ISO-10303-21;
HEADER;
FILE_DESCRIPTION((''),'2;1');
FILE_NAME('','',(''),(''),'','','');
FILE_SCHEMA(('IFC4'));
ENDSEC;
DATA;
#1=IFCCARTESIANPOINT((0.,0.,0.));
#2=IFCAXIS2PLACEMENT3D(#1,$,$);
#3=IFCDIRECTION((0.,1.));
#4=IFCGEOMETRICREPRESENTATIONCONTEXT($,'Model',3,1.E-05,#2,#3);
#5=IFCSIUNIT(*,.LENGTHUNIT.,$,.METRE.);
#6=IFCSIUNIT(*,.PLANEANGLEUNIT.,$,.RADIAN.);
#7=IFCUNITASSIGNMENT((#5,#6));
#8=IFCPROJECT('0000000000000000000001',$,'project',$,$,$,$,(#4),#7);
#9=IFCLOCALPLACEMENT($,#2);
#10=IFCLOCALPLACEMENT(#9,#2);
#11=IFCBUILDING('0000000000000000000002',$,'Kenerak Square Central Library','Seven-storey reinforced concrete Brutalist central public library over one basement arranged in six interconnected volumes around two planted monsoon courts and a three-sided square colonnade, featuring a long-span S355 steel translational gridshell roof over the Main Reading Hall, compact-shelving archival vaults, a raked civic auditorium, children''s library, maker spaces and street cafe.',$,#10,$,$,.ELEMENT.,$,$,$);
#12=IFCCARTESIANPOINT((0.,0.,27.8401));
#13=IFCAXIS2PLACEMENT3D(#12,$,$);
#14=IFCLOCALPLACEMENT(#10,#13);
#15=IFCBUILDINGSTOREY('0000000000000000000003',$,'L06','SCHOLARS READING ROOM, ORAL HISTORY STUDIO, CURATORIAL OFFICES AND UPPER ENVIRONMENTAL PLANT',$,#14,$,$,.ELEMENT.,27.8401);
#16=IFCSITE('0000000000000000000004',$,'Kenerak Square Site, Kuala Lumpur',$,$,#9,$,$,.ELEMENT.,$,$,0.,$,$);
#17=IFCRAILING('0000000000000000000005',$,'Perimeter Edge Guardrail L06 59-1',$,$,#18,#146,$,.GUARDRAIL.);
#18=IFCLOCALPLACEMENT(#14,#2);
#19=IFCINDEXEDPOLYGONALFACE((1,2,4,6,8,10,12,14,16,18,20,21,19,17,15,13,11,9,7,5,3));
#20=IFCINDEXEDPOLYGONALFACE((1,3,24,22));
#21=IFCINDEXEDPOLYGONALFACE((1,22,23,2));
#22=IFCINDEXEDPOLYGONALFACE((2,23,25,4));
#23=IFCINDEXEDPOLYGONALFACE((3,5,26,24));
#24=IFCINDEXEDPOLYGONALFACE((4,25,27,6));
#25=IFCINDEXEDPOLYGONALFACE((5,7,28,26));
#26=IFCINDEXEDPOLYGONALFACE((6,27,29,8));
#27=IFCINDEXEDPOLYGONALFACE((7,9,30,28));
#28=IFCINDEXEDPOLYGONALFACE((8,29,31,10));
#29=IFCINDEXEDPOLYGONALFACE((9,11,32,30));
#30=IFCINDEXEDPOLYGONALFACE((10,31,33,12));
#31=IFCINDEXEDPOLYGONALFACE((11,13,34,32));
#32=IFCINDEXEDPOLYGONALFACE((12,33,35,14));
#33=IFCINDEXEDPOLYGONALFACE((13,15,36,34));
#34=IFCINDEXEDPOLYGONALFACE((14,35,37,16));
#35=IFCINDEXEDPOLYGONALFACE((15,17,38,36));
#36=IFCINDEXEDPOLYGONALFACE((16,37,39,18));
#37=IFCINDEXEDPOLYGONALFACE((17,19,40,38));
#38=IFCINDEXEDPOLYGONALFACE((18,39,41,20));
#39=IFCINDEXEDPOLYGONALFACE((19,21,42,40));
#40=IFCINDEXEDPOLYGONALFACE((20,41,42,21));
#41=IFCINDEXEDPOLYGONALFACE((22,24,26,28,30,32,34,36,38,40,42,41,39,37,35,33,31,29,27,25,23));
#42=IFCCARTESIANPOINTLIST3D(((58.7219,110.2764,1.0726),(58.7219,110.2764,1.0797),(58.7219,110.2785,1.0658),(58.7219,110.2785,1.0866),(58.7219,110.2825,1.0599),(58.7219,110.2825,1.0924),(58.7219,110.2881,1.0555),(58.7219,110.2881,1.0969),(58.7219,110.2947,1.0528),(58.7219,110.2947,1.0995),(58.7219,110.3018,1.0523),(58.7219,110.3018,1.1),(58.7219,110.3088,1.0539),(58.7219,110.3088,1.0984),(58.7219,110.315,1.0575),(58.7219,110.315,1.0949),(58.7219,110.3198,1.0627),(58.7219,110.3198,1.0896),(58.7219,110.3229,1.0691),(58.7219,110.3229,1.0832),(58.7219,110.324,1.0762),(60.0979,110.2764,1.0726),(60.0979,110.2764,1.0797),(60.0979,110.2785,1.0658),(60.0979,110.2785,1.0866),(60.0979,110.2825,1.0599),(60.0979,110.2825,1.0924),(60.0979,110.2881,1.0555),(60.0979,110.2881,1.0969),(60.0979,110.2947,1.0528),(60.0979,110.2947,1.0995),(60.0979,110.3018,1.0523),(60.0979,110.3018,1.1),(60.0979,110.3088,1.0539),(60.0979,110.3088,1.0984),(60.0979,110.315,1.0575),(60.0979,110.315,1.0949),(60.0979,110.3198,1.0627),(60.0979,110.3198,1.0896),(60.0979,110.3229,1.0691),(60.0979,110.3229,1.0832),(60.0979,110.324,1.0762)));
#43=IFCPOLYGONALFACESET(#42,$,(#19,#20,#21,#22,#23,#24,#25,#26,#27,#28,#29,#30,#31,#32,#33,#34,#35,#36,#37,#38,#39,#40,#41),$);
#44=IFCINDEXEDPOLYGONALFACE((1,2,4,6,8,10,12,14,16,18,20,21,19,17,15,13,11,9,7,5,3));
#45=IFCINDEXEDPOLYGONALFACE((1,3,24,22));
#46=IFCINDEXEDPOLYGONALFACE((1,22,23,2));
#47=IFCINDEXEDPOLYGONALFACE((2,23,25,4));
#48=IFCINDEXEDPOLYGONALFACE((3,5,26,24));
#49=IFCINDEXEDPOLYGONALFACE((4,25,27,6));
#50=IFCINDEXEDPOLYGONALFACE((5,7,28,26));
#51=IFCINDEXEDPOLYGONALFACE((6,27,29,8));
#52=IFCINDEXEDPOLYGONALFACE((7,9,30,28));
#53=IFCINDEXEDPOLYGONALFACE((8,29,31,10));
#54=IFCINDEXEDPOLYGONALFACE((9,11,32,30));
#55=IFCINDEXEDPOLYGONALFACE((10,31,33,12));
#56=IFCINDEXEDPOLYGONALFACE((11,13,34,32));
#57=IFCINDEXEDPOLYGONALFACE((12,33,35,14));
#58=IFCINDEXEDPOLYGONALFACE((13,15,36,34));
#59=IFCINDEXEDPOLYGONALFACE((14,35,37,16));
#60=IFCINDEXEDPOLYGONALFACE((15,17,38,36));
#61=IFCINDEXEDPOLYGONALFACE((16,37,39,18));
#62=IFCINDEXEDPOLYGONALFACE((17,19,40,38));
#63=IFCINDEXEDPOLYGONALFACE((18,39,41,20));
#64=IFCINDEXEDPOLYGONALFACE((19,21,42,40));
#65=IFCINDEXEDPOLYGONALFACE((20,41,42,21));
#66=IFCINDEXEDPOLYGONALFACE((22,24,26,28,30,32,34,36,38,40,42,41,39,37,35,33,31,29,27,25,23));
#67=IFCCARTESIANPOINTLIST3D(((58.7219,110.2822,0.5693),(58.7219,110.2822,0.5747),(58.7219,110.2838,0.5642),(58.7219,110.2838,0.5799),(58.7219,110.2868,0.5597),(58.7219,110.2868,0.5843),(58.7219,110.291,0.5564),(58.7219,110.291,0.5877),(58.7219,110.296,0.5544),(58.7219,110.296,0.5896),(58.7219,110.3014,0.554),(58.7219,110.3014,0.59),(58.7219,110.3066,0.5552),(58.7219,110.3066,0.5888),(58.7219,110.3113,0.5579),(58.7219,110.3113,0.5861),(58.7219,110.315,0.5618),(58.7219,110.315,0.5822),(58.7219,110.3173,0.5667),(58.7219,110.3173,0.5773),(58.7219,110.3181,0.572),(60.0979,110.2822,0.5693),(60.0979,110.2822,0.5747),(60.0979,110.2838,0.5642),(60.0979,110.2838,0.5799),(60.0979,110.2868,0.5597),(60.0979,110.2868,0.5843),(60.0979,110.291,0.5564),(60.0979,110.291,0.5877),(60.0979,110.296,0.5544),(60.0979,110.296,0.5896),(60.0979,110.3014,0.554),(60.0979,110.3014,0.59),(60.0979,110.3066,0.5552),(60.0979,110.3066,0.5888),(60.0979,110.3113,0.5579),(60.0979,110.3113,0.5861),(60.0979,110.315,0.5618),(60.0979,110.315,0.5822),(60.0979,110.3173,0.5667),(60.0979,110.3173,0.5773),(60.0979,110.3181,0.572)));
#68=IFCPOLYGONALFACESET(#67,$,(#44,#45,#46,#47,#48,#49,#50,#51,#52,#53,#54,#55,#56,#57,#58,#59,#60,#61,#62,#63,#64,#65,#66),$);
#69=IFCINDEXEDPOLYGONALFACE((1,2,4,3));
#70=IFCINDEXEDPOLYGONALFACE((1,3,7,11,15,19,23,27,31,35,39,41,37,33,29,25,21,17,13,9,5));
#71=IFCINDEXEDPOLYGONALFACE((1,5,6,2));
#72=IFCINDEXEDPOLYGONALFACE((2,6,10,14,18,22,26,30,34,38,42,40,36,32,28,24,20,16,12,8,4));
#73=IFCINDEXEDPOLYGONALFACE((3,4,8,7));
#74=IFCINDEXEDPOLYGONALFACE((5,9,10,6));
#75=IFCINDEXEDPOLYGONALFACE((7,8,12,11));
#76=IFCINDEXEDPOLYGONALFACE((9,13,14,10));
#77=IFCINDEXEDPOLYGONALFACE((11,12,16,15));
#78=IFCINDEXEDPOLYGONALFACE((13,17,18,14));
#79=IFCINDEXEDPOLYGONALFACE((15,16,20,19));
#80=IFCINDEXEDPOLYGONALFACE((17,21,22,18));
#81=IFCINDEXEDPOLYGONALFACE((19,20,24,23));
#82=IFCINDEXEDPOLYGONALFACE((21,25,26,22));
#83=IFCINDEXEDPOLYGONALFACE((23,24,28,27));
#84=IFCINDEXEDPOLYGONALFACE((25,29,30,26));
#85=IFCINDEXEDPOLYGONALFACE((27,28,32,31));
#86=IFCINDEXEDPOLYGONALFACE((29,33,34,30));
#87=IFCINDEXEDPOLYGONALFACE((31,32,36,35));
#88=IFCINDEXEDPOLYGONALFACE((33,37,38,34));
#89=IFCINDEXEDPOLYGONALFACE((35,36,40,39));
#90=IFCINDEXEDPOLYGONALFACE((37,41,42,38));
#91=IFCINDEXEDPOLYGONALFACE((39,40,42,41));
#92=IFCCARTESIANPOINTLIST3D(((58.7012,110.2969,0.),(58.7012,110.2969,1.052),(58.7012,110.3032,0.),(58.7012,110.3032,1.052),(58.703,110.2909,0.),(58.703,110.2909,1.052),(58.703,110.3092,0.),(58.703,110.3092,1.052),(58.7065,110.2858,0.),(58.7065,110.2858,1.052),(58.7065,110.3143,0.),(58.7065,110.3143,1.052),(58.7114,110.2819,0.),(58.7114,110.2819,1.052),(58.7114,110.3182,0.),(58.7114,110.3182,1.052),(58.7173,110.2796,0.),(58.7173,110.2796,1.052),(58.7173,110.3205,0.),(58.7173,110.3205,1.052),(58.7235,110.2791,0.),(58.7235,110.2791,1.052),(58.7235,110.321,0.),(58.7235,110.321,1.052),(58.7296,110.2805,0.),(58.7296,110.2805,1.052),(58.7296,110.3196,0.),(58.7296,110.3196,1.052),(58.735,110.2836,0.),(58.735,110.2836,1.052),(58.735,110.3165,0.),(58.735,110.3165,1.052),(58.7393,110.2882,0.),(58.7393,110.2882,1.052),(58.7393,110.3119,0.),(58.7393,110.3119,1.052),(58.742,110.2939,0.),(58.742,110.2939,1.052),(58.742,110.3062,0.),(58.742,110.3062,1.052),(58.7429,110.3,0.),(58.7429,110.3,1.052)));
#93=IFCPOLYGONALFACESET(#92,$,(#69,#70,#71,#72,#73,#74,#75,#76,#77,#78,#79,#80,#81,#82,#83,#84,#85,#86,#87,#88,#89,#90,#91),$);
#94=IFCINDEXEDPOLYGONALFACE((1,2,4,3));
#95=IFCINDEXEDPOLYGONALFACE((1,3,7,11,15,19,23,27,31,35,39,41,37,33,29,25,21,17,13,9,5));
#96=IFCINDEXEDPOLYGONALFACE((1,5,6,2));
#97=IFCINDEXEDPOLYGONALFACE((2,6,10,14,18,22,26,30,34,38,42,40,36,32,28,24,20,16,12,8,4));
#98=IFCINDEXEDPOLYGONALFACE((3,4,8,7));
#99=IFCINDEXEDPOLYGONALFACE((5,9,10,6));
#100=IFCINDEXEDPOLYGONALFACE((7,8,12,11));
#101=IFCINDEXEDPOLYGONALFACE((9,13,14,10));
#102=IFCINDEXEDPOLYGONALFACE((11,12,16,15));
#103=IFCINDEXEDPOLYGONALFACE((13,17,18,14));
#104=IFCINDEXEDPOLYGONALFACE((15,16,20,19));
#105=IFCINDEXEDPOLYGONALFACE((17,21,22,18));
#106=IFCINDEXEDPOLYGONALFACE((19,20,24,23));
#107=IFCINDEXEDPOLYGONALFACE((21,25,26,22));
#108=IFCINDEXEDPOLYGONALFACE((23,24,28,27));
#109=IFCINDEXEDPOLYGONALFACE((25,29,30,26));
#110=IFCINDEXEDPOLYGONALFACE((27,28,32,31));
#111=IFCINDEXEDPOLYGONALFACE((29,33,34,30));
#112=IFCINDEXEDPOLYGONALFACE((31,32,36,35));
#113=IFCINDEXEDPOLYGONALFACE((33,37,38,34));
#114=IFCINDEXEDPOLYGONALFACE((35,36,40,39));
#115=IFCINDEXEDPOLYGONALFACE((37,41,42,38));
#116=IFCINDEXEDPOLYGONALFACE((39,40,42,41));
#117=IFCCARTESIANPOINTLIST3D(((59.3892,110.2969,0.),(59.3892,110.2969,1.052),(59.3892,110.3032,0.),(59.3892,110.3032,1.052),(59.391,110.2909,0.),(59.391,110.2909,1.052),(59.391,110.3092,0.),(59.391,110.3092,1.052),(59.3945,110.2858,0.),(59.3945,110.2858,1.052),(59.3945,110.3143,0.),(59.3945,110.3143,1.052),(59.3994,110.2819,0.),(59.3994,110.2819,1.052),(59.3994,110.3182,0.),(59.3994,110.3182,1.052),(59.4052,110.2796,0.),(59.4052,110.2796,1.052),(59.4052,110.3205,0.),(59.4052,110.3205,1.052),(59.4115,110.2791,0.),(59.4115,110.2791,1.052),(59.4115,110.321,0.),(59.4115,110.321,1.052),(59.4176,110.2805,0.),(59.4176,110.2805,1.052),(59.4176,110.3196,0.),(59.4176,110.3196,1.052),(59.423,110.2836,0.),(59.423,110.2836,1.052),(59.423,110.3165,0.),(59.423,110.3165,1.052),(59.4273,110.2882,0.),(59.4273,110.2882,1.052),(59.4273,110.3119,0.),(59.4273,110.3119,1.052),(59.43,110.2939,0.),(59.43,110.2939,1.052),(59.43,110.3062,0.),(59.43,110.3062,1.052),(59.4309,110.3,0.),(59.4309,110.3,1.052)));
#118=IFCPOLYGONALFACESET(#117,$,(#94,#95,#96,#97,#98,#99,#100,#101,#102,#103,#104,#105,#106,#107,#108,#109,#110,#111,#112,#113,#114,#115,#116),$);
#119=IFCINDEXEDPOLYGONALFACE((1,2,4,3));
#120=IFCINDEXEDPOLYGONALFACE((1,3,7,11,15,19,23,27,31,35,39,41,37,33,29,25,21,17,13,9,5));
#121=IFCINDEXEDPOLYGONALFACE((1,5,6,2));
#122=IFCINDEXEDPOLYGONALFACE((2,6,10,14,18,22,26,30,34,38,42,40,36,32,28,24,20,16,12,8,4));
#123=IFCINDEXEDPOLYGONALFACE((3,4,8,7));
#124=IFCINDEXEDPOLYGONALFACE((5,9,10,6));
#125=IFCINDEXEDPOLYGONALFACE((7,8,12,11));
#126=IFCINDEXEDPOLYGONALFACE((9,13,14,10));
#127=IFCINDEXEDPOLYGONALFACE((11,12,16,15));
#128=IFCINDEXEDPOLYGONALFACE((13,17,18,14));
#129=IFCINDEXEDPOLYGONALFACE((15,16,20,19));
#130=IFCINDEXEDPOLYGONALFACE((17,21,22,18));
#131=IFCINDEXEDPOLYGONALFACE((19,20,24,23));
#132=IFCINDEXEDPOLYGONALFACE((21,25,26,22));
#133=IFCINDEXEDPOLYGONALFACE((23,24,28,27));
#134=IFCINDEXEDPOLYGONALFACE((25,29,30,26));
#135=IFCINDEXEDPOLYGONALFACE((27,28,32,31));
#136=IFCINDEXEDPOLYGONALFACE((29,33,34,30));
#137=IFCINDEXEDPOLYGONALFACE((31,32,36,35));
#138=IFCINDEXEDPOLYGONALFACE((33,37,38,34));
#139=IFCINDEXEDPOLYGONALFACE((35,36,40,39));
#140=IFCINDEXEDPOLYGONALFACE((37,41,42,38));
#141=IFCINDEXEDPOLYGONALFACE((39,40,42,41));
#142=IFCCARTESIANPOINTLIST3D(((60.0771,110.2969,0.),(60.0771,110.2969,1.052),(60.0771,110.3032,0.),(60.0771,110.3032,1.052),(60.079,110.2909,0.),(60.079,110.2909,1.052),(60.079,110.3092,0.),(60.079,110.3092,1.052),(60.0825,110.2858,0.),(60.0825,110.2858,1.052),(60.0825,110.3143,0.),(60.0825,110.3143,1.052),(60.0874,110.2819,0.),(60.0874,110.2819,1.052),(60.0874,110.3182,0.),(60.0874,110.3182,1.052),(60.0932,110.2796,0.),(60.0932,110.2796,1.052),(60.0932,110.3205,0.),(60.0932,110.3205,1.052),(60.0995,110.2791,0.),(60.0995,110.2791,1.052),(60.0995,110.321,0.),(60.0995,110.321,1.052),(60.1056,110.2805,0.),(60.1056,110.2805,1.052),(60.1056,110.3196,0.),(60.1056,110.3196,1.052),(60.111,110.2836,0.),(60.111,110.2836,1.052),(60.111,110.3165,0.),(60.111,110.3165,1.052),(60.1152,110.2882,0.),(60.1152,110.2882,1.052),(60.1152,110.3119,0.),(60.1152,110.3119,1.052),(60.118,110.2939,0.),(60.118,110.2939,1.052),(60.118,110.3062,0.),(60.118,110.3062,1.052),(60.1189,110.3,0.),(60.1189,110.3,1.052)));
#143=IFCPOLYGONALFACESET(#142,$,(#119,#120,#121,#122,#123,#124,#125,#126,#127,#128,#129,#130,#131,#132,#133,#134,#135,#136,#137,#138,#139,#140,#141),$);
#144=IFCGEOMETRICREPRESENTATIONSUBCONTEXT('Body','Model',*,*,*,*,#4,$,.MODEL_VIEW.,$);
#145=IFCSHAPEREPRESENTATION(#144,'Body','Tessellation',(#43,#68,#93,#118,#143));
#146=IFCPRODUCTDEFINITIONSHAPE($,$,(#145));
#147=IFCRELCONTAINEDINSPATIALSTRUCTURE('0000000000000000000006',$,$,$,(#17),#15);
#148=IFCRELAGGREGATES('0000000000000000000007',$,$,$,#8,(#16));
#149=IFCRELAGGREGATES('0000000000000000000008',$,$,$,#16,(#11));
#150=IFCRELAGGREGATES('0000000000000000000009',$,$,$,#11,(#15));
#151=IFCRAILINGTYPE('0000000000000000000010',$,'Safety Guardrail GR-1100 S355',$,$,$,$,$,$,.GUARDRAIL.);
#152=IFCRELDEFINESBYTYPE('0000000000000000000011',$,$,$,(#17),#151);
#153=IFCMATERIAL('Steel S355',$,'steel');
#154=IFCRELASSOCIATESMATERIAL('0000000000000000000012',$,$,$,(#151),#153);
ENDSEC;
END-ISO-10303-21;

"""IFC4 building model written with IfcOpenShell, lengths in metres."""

from ifc_helpers import new_model, si_unit, direction, frame, origin, origin_2d, place, context, subcontext, project, spatial, circle, extrude, material, type_object, element, save


model = new_model("IFC4")

# Units and contexts
model_context = context("Model", 3, precision=1e-05, world=origin(), true_north=direction((0.0, 1.0)))
body_context = subcontext(model_context, "Body", "Model", "MODEL_VIEW")
ifc_project = project(units=[si_unit("LENGTHUNIT", "METRE"), si_unit("PLANEANGLEUNIT", "RADIAN")], contexts=[model_context])

# Site, building, storey
site_placement = place(None, origin())
site = spatial("IfcSite", under=ifc_project, at=site_placement, Name="Kenerak Square Site, Kuala Lumpur", CompositionType="ELEMENT", RefElevation=0.0)
building_placement = place(site_placement, origin())
building = spatial("IfcBuilding", under=site, at=building_placement, Name="Kenerak Square Central Library", Description="Seven-storey reinforced concrete Brutalist central public library over one basement arranged in six interconnected volumes around two planted monsoon courts and a three-sided square colonnade, featuring a long-span S355 steel translational gridshell roof over the Main Reading Hall, compact-shelving archival vaults, a raked civic auditorium, children's library, maker spaces and street cafe.", CompositionType="ELEMENT")
storey_placement = place(building_placement, frame((0.0, 0.0, 27.8401)))
storey = spatial("IfcBuildingStorey", under=building, at=storey_placement, Name="L06", Description="SCHOLARS READING ROOM, ORAL HISTORY STUDIO, CURATORIAL OFFICES AND UPPER ENVIRONMENTAL PLANT", CompositionType="ELEMENT", Elevation=27.8401)

# Shared definitions
ifc_material_1 = material(Name="Steel S355", Category="steel")

# Railing
railing_type = type_object("IfcRailingType", Name="Safety Guardrail GR-1100 S355", PredefinedType="GUARDRAIL", material=ifc_material_1)
for number, where, name in (
    (1, (58.7219, 110.3, 0.0), "Perimeter Edge Guardrail L06 59-1"),
):
    element("IfcRailing", number, at=place(storey_placement, frame(where)), inside=storey, type_object=railing_type, Name=name, PredefinedType="GUARDRAIL", context=body_context, shape_type="SweptSolid", body=[
        extrude(circle(Radius=0.0239, at=origin_2d()), frame((0.0, 0.0, 1.0762), z_axis=(1.0, 0.0, 0.0), x_axis=(0.0, 1.0, 0.0)), (0.0, 0.0, 1.0), 1.376),
        extrude(circle(Radius=0.0181, at=origin_2d()), frame((0.0, 0.0, 0.572), z_axis=(1.0, 0.0, 0.0), x_axis=(0.0, 1.0, 0.0)), (0.0, 0.0, 1.0), 1.376),
        extrude(circle(Radius=0.021, at=origin_2d()), origin(), (0.0, 0.0, 1.0), 1.052),
        extrude(circle(Radius=0.021, at=origin_2d()), frame((0.688, 0.0, 0.0)), (0.0, 0.0, 1.0), 1.052),
        extrude(circle(Radius=0.021, at=origin_2d()), frame((1.376, 0.0, 0.0)), (0.0, 0.0, 1.0), 1.052),
    ])

save(model, "model.ifc")
